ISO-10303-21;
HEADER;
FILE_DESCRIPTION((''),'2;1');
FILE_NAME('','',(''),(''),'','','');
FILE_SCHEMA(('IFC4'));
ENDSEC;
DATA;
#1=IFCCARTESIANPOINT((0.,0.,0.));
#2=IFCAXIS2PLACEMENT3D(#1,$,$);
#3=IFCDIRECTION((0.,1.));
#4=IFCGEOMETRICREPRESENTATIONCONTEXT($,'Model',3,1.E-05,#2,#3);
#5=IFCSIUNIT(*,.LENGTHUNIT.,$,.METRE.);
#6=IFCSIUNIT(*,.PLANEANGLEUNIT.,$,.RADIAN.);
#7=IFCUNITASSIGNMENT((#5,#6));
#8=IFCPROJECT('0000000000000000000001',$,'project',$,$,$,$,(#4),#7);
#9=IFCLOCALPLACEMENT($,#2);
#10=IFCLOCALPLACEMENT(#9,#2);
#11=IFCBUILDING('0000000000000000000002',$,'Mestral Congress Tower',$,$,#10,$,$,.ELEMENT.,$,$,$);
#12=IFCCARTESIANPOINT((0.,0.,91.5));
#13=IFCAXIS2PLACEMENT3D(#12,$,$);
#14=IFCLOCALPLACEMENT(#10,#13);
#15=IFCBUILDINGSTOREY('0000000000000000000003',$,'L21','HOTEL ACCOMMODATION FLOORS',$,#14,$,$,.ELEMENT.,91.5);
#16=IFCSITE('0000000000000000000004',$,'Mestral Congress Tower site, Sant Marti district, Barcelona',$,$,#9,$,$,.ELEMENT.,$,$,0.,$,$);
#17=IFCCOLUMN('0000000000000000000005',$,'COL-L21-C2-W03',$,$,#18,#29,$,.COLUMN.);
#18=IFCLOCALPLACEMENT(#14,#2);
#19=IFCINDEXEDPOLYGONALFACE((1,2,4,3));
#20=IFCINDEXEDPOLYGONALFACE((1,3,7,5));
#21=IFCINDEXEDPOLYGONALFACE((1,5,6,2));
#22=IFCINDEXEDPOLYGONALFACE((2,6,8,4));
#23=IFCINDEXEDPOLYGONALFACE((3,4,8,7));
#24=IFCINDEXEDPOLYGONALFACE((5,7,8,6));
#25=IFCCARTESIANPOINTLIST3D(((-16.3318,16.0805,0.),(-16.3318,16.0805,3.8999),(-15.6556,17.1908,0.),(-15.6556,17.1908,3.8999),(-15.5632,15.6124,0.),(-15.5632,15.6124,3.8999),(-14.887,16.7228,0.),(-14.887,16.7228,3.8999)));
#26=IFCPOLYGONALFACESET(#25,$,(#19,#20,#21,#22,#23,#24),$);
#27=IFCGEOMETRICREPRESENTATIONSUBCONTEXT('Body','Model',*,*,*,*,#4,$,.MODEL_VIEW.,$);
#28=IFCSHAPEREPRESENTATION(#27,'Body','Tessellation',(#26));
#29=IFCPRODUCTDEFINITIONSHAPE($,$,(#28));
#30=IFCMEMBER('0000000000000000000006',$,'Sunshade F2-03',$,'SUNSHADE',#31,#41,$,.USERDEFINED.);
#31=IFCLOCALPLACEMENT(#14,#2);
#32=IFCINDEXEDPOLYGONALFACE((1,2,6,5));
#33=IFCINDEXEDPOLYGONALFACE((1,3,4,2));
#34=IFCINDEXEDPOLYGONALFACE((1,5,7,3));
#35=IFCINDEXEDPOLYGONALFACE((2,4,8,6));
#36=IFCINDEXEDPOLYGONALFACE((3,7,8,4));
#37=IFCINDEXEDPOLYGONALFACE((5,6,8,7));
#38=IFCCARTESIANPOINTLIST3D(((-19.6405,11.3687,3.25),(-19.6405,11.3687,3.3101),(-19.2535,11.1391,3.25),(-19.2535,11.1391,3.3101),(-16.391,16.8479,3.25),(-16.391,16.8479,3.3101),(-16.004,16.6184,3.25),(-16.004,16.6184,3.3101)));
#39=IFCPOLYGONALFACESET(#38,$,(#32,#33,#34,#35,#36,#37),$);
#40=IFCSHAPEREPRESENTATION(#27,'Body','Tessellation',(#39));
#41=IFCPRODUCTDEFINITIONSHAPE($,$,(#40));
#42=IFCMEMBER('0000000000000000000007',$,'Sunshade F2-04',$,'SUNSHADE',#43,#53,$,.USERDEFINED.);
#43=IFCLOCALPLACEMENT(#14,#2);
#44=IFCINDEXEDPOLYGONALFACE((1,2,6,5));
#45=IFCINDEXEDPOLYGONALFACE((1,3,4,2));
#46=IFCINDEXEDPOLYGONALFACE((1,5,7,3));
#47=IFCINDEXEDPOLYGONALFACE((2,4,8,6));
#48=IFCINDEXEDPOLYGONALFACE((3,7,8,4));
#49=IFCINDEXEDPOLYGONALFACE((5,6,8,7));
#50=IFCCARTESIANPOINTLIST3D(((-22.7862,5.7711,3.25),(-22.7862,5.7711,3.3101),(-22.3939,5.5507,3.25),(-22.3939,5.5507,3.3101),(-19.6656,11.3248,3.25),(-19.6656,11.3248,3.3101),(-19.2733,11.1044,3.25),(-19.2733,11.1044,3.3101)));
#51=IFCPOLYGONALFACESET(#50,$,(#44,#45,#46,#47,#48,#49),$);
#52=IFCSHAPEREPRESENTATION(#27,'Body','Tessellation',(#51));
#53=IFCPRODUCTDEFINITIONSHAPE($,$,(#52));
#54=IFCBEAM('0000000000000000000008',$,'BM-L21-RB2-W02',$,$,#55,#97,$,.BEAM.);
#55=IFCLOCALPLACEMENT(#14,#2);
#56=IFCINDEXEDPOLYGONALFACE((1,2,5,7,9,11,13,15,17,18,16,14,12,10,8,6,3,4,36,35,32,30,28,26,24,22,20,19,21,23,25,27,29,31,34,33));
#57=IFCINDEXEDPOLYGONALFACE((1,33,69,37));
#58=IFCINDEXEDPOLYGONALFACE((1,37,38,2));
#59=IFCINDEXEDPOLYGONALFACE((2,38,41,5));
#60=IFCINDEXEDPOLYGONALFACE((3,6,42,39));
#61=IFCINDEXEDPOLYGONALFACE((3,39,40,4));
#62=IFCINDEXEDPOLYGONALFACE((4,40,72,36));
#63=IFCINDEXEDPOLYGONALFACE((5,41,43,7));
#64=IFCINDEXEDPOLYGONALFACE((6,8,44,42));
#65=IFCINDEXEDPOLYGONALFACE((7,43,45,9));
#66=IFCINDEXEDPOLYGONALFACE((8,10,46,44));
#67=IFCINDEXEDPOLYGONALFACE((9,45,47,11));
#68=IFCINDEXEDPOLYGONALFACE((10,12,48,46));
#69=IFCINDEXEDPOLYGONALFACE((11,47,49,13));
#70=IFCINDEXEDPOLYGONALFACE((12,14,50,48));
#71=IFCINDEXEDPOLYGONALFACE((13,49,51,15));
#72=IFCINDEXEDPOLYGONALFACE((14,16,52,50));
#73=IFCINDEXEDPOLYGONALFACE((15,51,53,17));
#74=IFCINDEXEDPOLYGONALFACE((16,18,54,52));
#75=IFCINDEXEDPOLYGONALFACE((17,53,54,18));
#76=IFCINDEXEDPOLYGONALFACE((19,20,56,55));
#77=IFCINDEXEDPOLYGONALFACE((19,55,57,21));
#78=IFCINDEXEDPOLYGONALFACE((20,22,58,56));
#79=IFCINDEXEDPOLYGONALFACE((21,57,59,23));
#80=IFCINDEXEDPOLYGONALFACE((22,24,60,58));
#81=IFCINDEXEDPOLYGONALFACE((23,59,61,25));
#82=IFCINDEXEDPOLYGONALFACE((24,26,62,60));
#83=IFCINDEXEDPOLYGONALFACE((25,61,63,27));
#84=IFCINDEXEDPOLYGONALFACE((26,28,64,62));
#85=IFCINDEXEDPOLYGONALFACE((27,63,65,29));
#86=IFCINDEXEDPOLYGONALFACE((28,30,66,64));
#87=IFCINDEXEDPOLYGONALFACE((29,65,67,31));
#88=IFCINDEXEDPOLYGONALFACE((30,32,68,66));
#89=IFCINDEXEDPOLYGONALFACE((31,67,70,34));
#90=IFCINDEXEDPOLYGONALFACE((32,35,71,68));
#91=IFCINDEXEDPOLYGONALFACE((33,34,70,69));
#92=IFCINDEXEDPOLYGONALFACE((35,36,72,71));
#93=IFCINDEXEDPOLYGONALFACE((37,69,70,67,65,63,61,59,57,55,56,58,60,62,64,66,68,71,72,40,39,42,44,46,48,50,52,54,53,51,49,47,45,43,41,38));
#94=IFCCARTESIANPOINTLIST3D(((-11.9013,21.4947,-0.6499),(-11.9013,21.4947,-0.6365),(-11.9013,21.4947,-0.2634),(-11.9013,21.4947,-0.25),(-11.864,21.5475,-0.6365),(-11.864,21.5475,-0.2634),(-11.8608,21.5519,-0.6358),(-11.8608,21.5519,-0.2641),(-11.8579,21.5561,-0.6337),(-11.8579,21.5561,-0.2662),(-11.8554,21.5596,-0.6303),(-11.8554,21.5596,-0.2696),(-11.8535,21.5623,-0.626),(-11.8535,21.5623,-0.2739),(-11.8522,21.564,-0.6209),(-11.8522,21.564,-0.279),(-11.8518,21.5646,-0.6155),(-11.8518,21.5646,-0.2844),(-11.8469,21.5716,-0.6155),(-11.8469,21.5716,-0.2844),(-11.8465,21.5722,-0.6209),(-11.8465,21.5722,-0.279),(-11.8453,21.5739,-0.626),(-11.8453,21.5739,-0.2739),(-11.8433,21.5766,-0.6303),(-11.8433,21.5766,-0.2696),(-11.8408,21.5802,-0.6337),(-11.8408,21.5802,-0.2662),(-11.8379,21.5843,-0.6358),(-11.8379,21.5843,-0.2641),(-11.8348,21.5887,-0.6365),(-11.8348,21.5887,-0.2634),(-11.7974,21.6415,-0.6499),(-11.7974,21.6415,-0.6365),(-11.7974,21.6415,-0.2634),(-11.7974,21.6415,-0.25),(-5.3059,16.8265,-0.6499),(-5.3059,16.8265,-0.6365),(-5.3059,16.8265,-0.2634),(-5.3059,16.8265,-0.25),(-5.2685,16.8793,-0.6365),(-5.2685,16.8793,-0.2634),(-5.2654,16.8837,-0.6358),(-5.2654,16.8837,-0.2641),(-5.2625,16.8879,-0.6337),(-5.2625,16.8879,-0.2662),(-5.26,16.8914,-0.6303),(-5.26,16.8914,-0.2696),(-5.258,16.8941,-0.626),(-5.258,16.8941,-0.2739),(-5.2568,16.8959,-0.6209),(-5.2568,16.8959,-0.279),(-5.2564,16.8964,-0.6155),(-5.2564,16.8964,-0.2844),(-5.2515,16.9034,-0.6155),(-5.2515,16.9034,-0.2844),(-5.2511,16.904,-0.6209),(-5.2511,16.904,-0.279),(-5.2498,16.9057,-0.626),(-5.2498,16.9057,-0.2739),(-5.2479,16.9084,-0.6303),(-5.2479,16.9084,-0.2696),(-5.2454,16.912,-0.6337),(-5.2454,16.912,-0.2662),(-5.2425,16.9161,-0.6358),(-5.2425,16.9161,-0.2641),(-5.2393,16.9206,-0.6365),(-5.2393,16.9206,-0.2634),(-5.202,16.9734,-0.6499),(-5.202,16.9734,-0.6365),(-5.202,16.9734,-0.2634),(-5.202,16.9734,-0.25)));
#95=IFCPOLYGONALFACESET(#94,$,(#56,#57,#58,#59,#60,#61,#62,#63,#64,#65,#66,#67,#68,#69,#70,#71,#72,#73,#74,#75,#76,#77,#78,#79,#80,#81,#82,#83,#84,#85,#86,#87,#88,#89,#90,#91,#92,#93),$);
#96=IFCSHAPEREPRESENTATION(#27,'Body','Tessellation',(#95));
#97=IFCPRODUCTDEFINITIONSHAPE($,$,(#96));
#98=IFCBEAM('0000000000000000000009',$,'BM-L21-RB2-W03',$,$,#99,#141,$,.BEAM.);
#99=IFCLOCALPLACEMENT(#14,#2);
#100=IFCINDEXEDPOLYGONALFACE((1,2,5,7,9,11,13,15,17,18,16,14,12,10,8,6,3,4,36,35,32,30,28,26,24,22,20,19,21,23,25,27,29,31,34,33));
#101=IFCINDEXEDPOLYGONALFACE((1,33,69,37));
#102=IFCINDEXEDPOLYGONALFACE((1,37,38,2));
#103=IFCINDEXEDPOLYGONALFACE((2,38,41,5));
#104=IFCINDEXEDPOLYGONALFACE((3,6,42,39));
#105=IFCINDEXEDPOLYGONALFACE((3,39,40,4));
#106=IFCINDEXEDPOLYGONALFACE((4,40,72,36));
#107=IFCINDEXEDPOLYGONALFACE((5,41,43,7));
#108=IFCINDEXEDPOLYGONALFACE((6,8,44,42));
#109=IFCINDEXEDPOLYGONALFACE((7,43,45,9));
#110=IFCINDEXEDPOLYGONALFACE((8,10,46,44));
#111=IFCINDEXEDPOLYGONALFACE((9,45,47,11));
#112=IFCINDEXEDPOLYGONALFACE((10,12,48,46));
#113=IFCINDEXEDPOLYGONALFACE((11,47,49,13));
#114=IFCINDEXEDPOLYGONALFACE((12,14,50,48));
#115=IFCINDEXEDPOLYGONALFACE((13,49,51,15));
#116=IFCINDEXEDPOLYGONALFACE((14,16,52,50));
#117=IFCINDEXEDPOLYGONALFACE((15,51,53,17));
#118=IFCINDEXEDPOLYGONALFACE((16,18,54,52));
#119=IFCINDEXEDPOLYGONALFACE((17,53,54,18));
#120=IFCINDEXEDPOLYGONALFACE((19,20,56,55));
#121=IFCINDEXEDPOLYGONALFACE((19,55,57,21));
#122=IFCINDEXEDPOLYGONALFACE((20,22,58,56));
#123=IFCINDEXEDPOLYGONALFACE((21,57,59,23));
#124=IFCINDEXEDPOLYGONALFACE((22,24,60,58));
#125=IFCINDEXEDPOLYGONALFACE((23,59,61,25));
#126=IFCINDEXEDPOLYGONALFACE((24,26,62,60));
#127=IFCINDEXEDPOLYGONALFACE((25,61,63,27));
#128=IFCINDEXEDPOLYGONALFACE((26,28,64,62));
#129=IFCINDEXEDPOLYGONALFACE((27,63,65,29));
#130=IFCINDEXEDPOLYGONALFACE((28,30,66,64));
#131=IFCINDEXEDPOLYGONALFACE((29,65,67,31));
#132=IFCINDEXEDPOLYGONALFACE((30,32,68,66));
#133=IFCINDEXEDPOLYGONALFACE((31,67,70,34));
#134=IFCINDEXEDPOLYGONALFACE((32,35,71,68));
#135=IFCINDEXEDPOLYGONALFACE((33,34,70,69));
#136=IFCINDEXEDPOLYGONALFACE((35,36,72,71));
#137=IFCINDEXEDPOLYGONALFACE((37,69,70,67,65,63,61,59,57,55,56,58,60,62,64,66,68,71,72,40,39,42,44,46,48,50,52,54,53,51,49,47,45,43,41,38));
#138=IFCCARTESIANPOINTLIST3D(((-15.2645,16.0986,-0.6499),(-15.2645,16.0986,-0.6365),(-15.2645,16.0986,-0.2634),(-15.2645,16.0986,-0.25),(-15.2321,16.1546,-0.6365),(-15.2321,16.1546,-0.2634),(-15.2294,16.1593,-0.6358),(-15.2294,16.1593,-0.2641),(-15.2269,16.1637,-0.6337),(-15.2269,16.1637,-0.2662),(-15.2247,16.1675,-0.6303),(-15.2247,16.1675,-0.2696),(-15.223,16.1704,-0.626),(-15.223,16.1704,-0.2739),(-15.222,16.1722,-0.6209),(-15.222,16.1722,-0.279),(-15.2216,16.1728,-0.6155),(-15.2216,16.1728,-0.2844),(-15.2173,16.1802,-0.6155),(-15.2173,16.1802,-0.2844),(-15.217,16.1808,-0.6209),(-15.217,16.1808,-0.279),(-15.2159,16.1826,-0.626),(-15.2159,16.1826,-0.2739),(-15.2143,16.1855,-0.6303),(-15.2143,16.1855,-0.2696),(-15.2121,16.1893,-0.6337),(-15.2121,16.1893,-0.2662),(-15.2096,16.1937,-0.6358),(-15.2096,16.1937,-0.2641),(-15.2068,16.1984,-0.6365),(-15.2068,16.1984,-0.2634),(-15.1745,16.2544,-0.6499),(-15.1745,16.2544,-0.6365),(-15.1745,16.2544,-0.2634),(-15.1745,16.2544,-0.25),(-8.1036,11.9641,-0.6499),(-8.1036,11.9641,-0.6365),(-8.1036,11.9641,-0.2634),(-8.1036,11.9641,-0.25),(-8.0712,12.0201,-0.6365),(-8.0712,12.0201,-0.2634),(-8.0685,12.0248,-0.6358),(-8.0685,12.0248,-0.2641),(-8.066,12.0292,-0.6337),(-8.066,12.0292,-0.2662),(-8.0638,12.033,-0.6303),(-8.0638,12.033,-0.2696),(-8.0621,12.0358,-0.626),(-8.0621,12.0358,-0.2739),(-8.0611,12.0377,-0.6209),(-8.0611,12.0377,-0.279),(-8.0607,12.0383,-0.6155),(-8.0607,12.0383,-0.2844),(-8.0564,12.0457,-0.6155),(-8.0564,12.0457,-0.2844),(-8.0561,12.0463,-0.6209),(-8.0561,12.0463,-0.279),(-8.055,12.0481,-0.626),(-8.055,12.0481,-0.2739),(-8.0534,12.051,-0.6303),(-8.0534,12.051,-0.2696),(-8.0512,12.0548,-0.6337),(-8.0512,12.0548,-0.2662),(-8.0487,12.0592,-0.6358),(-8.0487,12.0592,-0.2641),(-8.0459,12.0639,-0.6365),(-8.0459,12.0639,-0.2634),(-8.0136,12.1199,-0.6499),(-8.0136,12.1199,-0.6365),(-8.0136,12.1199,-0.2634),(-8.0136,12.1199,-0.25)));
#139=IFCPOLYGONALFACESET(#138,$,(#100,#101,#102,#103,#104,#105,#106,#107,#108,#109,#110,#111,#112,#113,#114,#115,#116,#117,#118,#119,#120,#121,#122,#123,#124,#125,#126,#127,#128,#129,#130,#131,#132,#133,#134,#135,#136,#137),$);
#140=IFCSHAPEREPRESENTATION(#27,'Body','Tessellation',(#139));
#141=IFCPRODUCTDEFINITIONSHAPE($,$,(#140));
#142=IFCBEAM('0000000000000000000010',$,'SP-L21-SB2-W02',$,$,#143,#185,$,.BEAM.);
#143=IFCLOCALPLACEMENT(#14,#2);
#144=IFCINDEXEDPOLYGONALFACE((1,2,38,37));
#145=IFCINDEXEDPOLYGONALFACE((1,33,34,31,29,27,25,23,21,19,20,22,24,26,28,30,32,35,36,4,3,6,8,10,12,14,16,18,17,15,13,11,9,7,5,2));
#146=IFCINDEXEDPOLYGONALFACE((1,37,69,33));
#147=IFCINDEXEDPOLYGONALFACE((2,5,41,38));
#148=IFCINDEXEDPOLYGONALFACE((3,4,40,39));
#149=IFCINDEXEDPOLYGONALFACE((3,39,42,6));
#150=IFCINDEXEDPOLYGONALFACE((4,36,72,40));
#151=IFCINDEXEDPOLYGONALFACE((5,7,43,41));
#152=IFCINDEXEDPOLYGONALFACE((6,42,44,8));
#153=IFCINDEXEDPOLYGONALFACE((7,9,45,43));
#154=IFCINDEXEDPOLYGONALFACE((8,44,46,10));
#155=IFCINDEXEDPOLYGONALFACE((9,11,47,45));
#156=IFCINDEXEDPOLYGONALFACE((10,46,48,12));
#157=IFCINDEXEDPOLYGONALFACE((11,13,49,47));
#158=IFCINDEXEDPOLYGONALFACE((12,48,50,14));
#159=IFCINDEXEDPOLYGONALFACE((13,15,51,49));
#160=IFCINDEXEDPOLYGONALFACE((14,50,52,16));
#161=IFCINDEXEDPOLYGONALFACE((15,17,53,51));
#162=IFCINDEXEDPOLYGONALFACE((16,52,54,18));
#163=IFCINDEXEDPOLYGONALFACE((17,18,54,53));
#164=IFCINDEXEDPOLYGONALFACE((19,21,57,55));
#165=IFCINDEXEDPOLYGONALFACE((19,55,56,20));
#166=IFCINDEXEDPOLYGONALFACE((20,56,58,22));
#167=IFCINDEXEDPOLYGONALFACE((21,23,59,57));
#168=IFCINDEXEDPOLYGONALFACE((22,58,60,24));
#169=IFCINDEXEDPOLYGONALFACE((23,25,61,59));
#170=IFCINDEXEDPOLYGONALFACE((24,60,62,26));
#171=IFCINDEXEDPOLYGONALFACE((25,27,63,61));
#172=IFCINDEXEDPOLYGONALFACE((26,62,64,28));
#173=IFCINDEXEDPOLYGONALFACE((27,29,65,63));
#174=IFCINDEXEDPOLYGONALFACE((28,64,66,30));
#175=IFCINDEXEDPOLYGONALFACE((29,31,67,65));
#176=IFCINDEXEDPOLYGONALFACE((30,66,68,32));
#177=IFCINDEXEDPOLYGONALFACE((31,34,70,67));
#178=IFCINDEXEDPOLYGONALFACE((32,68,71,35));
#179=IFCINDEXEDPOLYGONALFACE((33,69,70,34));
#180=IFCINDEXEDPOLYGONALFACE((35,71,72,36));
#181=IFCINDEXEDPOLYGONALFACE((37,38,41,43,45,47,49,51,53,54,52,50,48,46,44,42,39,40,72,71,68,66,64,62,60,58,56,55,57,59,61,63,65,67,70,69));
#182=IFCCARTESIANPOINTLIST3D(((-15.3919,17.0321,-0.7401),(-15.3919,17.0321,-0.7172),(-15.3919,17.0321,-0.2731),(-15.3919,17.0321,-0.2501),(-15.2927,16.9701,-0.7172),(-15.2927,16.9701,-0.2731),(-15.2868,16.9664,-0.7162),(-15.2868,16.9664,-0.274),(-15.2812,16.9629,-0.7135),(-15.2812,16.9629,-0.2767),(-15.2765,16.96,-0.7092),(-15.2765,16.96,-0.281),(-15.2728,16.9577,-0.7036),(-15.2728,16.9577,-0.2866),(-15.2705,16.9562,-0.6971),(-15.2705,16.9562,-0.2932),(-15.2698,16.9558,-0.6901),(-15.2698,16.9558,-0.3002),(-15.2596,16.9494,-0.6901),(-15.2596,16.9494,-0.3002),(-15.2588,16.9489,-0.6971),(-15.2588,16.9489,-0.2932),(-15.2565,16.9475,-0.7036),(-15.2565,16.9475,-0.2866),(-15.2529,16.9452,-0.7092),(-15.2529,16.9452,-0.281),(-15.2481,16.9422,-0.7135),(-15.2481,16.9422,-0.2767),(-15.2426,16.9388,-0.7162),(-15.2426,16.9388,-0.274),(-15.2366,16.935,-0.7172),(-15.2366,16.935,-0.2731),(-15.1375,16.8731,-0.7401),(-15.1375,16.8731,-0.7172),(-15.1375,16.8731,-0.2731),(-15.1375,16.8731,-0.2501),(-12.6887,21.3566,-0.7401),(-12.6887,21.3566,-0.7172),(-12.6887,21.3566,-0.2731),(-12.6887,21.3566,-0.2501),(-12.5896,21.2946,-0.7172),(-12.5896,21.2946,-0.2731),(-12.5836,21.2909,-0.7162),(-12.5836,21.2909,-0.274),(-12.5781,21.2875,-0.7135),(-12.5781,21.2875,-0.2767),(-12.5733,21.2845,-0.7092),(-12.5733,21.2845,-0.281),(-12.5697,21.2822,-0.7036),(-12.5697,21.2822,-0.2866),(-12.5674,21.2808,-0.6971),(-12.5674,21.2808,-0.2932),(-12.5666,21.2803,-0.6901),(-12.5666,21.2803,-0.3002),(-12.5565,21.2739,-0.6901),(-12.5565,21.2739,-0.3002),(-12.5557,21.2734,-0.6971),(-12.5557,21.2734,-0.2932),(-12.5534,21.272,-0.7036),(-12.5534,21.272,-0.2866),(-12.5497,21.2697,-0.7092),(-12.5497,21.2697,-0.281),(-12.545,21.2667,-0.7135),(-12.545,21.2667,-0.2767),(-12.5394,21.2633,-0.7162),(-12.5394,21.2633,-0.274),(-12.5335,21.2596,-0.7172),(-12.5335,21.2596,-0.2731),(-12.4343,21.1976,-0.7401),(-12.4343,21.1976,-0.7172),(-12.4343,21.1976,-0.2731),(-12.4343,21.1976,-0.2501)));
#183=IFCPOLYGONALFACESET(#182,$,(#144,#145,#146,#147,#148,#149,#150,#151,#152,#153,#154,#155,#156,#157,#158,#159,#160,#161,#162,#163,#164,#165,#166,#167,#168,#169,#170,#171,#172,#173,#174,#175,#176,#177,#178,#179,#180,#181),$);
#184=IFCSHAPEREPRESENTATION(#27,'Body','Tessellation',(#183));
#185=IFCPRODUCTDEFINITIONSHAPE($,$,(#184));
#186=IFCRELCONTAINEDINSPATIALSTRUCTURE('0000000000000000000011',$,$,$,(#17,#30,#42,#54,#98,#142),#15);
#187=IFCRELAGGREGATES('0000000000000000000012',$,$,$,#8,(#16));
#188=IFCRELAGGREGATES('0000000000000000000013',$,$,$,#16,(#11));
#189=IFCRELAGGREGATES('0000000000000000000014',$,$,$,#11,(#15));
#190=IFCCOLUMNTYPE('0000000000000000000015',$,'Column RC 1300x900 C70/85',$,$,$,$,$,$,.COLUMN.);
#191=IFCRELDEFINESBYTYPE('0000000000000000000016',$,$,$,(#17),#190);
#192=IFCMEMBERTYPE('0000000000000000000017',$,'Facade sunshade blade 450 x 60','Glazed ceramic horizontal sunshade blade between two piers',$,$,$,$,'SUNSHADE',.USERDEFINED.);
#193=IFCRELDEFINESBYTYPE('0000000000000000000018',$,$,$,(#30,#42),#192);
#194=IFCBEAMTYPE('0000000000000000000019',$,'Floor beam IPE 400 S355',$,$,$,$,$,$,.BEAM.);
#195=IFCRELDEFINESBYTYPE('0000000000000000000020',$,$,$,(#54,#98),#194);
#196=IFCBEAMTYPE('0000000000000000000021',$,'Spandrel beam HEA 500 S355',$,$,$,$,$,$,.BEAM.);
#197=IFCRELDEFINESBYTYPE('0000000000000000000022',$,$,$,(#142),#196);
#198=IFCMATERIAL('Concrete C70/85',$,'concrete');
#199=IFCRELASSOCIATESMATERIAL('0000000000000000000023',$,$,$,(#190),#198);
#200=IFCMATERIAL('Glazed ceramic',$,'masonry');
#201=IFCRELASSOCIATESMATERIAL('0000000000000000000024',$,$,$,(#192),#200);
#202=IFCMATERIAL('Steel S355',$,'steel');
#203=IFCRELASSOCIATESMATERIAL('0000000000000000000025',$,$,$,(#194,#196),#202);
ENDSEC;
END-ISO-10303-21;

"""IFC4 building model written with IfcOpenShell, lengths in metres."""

from ifc_helpers import new_model, si_unit, direction, frame, origin, origin_2d, place, context, subcontext, project, spatial, rectangle, i_section, extrude, material, material_profile, profile_set, type_object, element, save


model = new_model("IFC4")

# Units and contexts
model_context = context("Model", 3, precision=1e-05, world=origin(), true_north=direction((0.0, 1.0)))
body_context = subcontext(model_context, "Body", "Model", "MODEL_VIEW")
ifc_project = project(units=[si_unit("LENGTHUNIT", "METRE"), si_unit("PLANEANGLEUNIT", "RADIAN")], contexts=[model_context])

# Site, building, storey
site_placement = place(None, origin())
site = spatial("IfcSite", under=ifc_project, at=site_placement, Name="Mestral Congress Tower site, Sant Marti district, Barcelona", CompositionType="ELEMENT", RefElevation=0.0)
building_placement = place(site_placement, origin())
building = spatial("IfcBuilding", under=site, at=building_placement, Name="Mestral Congress Tower", CompositionType="ELEMENT")
storey_placement = place(building_placement, frame((0.0, 0.0, 91.5)))
storey = spatial("IfcBuildingStorey", under=building, at=storey_placement, Name="L21", Description="HOTEL ACCOMMODATION FLOORS", CompositionType="ELEMENT", Elevation=91.5)

# Column
ifc_material_1 = material(Name="Concrete C70/85", Category="concrete")
ifc_material_profile_1 = material_profile(ifc_material_1, rectangle(XDim=1.3, YDim=0.8999, at=origin_2d()), Name="RC 1300x900")
ifc_profile_set_1 = profile_set([ifc_material_profile_1], Name="Concrete C70/85")
column_type = type_object("IfcColumnType", Name="Column RC 1300x900 C70/85", PredefinedType="COLUMN", material=ifc_profile_set_1)
column_placement = place(storey_placement, frame((-15.6094, 16.4016, 0.0), z_axis=(0.0, 0.0, 1.0), x_axis=(-0.520114, -0.854097, 0.0)))
element("IfcColumn", 1, at=column_placement, inside=storey, type_object=column_type, Name="COL-L21-C2-W03", PredefinedType="COLUMN", context=body_context, shape_type="SweptSolid", body=[
    extrude(rectangle(XDim=1.3, YDim=0.8999, at=origin_2d()), origin(), (0.0, 0.0, 1.0), 3.8999),
])

# Members
ifc_material_2 = material(Name="Glazed ceramic", Category="masonry")
ifc_material_profile_2 = material_profile(ifc_material_2, rectangle(XDim=0.45, YDim=0.0601, at=origin_2d()), Name="Ceramic blade 450 x 60")
ifc_profile_set_2 = profile_set([ifc_material_profile_2], Name="Glazed ceramic")
member_type = type_object("IfcMemberType", Name="Facade sunshade blade 450 x 60", Description="Glazed ceramic horizontal sunshade blade between two piers", ElementType="SUNSHADE", PredefinedType="USERDEFINED", material=ifc_profile_set_2)
for number, where, z_axis, x_axis, name in (
    (2, (-16.1975, 16.7332, 3.28), (-0.510099, -0.860116, 0.0), (0.860116, -0.510099, 0.0), "Sunshade F2-03"),
    (3, (-19.4695, 11.2146, 3.28), (-0.489861, -0.871801, 0.0), (0.871801, -0.489861, 0.0), "Sunshade F2-04"),
):
    element("IfcMember", number, at=place(storey_placement, frame(where, z_axis=z_axis, x_axis=x_axis)), inside=storey, type_object=member_type, Name=name, ObjectType="SUNSHADE", PredefinedType="USERDEFINED", context=body_context, shape_type="SweptSolid", body=[
        extrude(rectangle(XDim=0.45, YDim=0.0601, at=origin_2d()), origin(), (0.0, 0.0, 1.0), 6.3704),
    ])

# Beams
ifc_material_3 = material(Name="Steel S355", Category="steel")
ifc_material_profile_3 = material_profile(ifc_material_3, i_section(OverallWidth=0.1799, OverallDepth=0.3999, WebThickness=0.0085, FlangeThickness=0.0134, FilletRadius=0.021, at=origin_2d()), Name="IPE 400")
ifc_profile_set_3 = profile_set([ifc_material_profile_3], Name="Steel S355")
beam_type_1 = type_object("IfcBeamType", Name="Floor beam IPE 400 S355", PredefinedType="BEAM", material=ifc_profile_set_3)
beam_1_placement = place(storey_placement, frame((-11.8494, 21.5681, -0.45), z_axis=(0.816233, -0.577723, 0.0), x_axis=(0.577723, 0.816233, 0.0)))
element("IfcBeam", 4, at=beam_1_placement, inside=storey, type_object=beam_type_1, Name="BM-L21-RB2-W02", PredefinedType="BEAM", context=body_context, shape_type="SweptSolid", body=[
    extrude(i_section(OverallWidth=0.1799, OverallDepth=0.3999, WebThickness=0.0085, FlangeThickness=0.0134, FilletRadius=0.021, at=origin_2d()), origin(), (0.0, 0.0, 1.0), 8.0803),
])
beam_2_placement = place(storey_placement, frame((-15.2195, 16.1765, -0.45), z_axis=(0.866016, -0.500016, 0.0), x_axis=(0.500016, 0.866016, 0.0)))
element("IfcBeam", 5, at=beam_2_placement, inside=storey, type_object=beam_type_1, Name="BM-L21-RB2-W03", PredefinedType="BEAM", context=body_context, shape_type="SweptSolid", body=[
    extrude(i_section(OverallWidth=0.1799, OverallDepth=0.3999, WebThickness=0.0085, FlangeThickness=0.0134, FilletRadius=0.021, at=origin_2d()), origin(), (0.0, 0.0, 1.0), 8.2688),
])
ifc_material_profile_4 = material_profile(ifc_material_3, i_section(OverallWidth=0.3, OverallDepth=0.49, WebThickness=0.012, FlangeThickness=0.0229, FilletRadius=0.0271, at=origin_2d()), Name="HEA 500")
ifc_profile_set_4 = profile_set([ifc_material_profile_4], Name="Steel S355")
beam_type_2 = type_object("IfcBeamType", Name="Spandrel beam HEA 500 S355", PredefinedType="BEAM", material=ifc_profile_set_4)
for number, where, z_axis, x_axis, name in (
    (6, (-12.5615, 21.2771, -0.4951), (-0.530046, -0.847969, 0.0), (0.847969, -0.530046, 0.0), "SP-L21-SB2-W02"),
):
    element("IfcBeam", number, at=place(storey_placement, frame(where, z_axis=z_axis, x_axis=x_axis)), inside=storey, type_object=beam_type_2, Name=name, PredefinedType="BEAM", context=body_context, shape_type="SweptSolid", body=[
        extrude(i_section(OverallWidth=0.3, OverallDepth=0.49, WebThickness=0.012, FlangeThickness=0.0229, FilletRadius=0.0271, at=origin_2d()), origin(), (0.0, 0.0, 1.0), 5.0999),
    ])

save(model, "model.ifc")
